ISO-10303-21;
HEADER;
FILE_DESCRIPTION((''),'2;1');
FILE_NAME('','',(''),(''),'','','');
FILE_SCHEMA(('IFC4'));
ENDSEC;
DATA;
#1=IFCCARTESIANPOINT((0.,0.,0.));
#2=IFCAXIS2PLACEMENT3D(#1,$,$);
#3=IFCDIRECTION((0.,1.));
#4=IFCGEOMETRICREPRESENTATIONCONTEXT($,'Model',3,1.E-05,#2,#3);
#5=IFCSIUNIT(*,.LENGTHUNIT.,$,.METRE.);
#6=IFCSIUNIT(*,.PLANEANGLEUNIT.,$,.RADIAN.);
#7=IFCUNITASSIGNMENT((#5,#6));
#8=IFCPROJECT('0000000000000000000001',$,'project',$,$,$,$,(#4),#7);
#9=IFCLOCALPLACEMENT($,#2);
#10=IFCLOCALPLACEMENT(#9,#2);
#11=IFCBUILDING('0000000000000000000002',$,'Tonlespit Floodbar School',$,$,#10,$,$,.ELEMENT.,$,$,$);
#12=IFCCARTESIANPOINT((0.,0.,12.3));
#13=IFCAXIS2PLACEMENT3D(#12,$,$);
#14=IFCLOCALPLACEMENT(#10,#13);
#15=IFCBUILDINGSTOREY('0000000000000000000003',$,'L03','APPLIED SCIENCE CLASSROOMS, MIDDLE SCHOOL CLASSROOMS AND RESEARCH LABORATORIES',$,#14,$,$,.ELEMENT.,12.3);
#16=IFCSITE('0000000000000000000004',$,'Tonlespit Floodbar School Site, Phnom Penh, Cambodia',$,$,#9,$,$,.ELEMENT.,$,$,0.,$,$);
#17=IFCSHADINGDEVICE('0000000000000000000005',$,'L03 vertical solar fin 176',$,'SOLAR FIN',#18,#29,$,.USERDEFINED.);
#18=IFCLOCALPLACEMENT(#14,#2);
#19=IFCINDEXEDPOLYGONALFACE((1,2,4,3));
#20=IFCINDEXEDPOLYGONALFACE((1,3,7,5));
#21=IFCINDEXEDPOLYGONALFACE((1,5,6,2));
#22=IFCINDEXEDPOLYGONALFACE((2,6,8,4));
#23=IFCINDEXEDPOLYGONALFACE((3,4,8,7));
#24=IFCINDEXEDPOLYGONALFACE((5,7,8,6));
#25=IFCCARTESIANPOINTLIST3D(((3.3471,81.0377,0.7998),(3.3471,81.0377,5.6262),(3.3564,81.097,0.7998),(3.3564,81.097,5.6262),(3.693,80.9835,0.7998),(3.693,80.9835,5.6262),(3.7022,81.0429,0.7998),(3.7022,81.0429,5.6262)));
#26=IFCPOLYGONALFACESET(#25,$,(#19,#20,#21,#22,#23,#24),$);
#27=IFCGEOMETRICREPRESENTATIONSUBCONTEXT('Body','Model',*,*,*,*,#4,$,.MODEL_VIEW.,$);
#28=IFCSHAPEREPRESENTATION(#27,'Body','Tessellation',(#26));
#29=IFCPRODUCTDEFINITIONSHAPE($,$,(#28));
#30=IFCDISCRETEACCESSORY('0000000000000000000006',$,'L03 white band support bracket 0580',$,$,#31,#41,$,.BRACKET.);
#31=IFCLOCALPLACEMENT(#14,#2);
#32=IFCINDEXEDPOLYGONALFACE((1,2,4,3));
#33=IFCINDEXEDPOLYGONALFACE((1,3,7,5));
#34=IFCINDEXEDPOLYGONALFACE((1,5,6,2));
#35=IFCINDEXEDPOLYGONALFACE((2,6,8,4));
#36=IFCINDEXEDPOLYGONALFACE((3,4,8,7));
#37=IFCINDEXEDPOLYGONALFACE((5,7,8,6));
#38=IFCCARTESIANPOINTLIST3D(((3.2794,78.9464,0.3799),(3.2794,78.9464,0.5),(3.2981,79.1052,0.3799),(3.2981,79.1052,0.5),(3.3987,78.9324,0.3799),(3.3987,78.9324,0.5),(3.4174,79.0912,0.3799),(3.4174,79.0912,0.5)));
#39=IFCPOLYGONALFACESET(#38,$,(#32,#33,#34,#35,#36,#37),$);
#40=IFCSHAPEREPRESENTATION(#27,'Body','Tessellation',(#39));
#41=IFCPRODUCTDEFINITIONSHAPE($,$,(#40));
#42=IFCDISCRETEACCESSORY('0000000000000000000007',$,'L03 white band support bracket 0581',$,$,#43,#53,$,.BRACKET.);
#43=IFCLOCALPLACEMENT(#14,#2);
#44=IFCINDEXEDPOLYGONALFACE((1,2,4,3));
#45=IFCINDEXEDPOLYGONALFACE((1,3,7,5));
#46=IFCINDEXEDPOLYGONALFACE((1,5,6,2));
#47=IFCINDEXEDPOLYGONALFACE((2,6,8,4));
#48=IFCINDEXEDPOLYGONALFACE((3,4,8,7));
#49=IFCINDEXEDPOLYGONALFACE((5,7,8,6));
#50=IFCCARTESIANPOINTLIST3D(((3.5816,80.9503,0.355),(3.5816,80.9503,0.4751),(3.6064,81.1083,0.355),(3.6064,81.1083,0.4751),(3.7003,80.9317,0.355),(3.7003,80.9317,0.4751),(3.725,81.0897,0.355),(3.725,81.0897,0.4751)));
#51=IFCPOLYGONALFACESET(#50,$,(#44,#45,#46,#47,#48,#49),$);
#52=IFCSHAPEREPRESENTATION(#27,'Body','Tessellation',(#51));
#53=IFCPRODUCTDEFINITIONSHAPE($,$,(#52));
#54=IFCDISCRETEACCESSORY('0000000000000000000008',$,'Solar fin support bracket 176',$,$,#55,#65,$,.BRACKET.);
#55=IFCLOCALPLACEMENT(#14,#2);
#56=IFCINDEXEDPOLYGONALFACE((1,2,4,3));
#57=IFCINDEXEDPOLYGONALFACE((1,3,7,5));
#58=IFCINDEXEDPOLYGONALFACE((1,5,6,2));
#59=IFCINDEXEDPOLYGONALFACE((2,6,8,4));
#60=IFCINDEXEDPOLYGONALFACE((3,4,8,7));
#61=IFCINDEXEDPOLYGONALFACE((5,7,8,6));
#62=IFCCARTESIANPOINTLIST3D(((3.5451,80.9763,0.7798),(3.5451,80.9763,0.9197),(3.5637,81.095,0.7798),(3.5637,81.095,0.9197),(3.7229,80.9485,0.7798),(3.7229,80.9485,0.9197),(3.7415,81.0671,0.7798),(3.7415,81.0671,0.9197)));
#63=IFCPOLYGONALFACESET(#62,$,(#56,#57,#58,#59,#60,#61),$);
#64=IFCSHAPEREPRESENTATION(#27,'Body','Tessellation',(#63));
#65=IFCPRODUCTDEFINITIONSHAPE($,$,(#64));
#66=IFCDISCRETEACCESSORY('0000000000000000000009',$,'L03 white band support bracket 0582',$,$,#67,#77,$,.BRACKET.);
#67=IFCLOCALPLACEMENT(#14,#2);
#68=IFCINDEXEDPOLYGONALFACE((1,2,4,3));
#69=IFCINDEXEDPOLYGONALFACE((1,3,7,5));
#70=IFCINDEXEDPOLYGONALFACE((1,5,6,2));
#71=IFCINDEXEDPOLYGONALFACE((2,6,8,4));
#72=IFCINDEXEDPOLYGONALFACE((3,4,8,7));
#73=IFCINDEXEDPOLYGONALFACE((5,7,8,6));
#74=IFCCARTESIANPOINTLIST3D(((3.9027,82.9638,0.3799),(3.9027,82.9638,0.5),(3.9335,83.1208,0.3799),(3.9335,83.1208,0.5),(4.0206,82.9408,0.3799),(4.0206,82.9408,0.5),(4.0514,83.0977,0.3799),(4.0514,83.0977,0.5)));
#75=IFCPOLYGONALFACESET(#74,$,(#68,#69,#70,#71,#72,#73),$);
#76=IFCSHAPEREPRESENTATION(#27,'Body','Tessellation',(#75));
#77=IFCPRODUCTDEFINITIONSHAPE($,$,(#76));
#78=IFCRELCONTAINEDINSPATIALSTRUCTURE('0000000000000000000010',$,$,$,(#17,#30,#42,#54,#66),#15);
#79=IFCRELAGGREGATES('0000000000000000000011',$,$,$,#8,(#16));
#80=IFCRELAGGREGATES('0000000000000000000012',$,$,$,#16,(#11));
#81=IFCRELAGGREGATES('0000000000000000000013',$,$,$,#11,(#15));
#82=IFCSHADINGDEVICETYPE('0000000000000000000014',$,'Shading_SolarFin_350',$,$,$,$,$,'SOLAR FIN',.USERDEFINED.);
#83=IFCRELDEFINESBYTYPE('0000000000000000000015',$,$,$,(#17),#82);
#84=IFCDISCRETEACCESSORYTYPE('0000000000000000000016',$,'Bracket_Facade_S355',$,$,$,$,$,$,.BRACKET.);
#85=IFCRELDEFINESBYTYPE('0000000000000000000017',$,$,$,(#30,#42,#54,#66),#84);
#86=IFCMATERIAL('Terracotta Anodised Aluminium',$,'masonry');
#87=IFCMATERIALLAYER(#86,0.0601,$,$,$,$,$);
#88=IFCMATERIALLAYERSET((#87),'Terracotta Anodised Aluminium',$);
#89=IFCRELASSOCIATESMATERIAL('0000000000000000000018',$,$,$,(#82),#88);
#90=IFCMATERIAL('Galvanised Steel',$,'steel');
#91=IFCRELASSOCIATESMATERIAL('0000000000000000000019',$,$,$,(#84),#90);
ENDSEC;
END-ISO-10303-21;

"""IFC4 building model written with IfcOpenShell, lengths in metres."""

from ifc_helpers import new_model, si_unit, direction, frame, origin, origin_2d, place, context, subcontext, project, spatial, rectangle, extrude, material, layer, layer_set, type_object, element, save


model = new_model("IFC4")

# Units and contexts
model_context = context("Model", 3, precision=1e-05, world=origin(), true_north=direction((0.0, 1.0)))
body_context = subcontext(model_context, "Body", "Model", "MODEL_VIEW")
ifc_project = project(units=[si_unit("LENGTHUNIT", "METRE"), si_unit("PLANEANGLEUNIT", "RADIAN")], contexts=[model_context])

# Site, building, storey
site_placement = place(None, origin())
site = spatial("IfcSite", under=ifc_project, at=site_placement, Name="Tonlespit Floodbar School Site, Phnom Penh, Cambodia", CompositionType="ELEMENT", RefElevation=0.0)
building_placement = place(site_placement, origin())
building = spatial("IfcBuilding", under=site, at=building_placement, Name="Tonlespit Floodbar School", CompositionType="ELEMENT")
storey_placement = place(building_placement, frame((0.0, 0.0, 12.3)))
storey = spatial("IfcBuildingStorey", under=building, at=storey_placement, Name="L03", Description="APPLIED SCIENCE CLASSROOMS, MIDDLE SCHOOL CLASSROOMS AND RESEARCH LABORATORIES", CompositionType="ELEMENT", Elevation=12.3)

# Shading device
ifc_material_1 = material(Name="Terracotta Anodised Aluminium", Category="masonry")
ifc_layer_1 = layer(ifc_material_1, 0.0601)
ifc_layer_set_1 = layer_set([ifc_layer_1], Name="Terracotta Anodised Aluminium")
shading_device_type = type_object("IfcShadingDeviceType", Name="Shading_SolarFin_350", ElementType="SOLAR FIN", PredefinedType="USERDEFINED", material=ifc_layer_set_1)
shading_device_placement = place(storey_placement, frame((3.5247, 81.0403, 0.7998), z_axis=(0.0, 0.0, 1.0), x_axis=(0.154714, 0.987959, 0.0)))
element("IfcShadingDevice", 1, at=shading_device_placement, inside=storey, type_object=shading_device_type, Name="L03 vertical solar fin 176", ObjectType="SOLAR FIN", PredefinedType="USERDEFINED", context=body_context, shape_type="SweptSolid", body=[
    extrude(rectangle(XDim=0.0601, YDim=0.3501, at=origin_2d()), origin(), (0.0, 0.0, 1.0), 4.8264),
])

# Discrete accessories
ifc_material_2 = material(Name="Galvanised Steel", Category="steel")
discrete_accessory_type = type_object("IfcDiscreteAccessoryType", Name="Bracket_Facade_S355", PredefinedType="BRACKET", material=ifc_material_2)
for number, where, z_axis, x_axis, name in (
    (2, (3.3484, 79.0188, 0.3799), (0.0, 0.0, 1.0), (0.116991, 0.993133, 0.0), "L03 white band support bracket 0580"),
    (3, (3.6533, 81.02, 0.355), (0.0, 0.0, 1.0), (0.154714, 0.987959, 0.0), "L03 white band support bracket 0581"),
):
    element("IfcDiscreteAccessory", number, at=place(storey_placement, frame(where, z_axis=z_axis, x_axis=x_axis)), inside=storey, type_object=discrete_accessory_type, Name=name, PredefinedType="BRACKET", context=body_context, shape_type="SweptSolid", body=[
        extrude(rectangle(XDim=0.1599, YDim=0.1201, at=origin_2d()), origin(), (0.0, 0.0, 1.0), 0.1201),
    ])
discrete_accessory_1_placement = place(storey_placement, frame((3.6433, 81.0217, 0.7798), z_axis=(0.0, 0.0, 1.0), x_axis=(0.154714, 0.987959, 0.0)))
element("IfcDiscreteAccessory", 4, at=discrete_accessory_1_placement, inside=storey, type_object=discrete_accessory_type, Name="Solar fin support bracket 176", PredefinedType="BRACKET", context=body_context, shape_type="SweptSolid", body=[
    extrude(rectangle(XDim=0.1201, YDim=0.1799, at=origin_2d()), origin(), (0.0, 0.0, 1.0), 0.1399),
])
discrete_accessory_2_placement = place(storey_placement, frame((3.9771, 83.0308, 0.3799), z_axis=(0.0, 0.0, 1.0), x_axis=(0.192246, 0.981347, 0.0)))
element("IfcDiscreteAccessory", 5, at=discrete_accessory_2_placement, inside=storey, type_object=discrete_accessory_type, Name="L03 white band support bracket 0582", PredefinedType="BRACKET", context=body_context, shape_type="SweptSolid", body=[
    extrude(rectangle(XDim=0.1599, YDim=0.1201, at=origin_2d()), origin(), (0.0, 0.0, 1.0), 0.1201),
])

save(model, "model.ifc")
